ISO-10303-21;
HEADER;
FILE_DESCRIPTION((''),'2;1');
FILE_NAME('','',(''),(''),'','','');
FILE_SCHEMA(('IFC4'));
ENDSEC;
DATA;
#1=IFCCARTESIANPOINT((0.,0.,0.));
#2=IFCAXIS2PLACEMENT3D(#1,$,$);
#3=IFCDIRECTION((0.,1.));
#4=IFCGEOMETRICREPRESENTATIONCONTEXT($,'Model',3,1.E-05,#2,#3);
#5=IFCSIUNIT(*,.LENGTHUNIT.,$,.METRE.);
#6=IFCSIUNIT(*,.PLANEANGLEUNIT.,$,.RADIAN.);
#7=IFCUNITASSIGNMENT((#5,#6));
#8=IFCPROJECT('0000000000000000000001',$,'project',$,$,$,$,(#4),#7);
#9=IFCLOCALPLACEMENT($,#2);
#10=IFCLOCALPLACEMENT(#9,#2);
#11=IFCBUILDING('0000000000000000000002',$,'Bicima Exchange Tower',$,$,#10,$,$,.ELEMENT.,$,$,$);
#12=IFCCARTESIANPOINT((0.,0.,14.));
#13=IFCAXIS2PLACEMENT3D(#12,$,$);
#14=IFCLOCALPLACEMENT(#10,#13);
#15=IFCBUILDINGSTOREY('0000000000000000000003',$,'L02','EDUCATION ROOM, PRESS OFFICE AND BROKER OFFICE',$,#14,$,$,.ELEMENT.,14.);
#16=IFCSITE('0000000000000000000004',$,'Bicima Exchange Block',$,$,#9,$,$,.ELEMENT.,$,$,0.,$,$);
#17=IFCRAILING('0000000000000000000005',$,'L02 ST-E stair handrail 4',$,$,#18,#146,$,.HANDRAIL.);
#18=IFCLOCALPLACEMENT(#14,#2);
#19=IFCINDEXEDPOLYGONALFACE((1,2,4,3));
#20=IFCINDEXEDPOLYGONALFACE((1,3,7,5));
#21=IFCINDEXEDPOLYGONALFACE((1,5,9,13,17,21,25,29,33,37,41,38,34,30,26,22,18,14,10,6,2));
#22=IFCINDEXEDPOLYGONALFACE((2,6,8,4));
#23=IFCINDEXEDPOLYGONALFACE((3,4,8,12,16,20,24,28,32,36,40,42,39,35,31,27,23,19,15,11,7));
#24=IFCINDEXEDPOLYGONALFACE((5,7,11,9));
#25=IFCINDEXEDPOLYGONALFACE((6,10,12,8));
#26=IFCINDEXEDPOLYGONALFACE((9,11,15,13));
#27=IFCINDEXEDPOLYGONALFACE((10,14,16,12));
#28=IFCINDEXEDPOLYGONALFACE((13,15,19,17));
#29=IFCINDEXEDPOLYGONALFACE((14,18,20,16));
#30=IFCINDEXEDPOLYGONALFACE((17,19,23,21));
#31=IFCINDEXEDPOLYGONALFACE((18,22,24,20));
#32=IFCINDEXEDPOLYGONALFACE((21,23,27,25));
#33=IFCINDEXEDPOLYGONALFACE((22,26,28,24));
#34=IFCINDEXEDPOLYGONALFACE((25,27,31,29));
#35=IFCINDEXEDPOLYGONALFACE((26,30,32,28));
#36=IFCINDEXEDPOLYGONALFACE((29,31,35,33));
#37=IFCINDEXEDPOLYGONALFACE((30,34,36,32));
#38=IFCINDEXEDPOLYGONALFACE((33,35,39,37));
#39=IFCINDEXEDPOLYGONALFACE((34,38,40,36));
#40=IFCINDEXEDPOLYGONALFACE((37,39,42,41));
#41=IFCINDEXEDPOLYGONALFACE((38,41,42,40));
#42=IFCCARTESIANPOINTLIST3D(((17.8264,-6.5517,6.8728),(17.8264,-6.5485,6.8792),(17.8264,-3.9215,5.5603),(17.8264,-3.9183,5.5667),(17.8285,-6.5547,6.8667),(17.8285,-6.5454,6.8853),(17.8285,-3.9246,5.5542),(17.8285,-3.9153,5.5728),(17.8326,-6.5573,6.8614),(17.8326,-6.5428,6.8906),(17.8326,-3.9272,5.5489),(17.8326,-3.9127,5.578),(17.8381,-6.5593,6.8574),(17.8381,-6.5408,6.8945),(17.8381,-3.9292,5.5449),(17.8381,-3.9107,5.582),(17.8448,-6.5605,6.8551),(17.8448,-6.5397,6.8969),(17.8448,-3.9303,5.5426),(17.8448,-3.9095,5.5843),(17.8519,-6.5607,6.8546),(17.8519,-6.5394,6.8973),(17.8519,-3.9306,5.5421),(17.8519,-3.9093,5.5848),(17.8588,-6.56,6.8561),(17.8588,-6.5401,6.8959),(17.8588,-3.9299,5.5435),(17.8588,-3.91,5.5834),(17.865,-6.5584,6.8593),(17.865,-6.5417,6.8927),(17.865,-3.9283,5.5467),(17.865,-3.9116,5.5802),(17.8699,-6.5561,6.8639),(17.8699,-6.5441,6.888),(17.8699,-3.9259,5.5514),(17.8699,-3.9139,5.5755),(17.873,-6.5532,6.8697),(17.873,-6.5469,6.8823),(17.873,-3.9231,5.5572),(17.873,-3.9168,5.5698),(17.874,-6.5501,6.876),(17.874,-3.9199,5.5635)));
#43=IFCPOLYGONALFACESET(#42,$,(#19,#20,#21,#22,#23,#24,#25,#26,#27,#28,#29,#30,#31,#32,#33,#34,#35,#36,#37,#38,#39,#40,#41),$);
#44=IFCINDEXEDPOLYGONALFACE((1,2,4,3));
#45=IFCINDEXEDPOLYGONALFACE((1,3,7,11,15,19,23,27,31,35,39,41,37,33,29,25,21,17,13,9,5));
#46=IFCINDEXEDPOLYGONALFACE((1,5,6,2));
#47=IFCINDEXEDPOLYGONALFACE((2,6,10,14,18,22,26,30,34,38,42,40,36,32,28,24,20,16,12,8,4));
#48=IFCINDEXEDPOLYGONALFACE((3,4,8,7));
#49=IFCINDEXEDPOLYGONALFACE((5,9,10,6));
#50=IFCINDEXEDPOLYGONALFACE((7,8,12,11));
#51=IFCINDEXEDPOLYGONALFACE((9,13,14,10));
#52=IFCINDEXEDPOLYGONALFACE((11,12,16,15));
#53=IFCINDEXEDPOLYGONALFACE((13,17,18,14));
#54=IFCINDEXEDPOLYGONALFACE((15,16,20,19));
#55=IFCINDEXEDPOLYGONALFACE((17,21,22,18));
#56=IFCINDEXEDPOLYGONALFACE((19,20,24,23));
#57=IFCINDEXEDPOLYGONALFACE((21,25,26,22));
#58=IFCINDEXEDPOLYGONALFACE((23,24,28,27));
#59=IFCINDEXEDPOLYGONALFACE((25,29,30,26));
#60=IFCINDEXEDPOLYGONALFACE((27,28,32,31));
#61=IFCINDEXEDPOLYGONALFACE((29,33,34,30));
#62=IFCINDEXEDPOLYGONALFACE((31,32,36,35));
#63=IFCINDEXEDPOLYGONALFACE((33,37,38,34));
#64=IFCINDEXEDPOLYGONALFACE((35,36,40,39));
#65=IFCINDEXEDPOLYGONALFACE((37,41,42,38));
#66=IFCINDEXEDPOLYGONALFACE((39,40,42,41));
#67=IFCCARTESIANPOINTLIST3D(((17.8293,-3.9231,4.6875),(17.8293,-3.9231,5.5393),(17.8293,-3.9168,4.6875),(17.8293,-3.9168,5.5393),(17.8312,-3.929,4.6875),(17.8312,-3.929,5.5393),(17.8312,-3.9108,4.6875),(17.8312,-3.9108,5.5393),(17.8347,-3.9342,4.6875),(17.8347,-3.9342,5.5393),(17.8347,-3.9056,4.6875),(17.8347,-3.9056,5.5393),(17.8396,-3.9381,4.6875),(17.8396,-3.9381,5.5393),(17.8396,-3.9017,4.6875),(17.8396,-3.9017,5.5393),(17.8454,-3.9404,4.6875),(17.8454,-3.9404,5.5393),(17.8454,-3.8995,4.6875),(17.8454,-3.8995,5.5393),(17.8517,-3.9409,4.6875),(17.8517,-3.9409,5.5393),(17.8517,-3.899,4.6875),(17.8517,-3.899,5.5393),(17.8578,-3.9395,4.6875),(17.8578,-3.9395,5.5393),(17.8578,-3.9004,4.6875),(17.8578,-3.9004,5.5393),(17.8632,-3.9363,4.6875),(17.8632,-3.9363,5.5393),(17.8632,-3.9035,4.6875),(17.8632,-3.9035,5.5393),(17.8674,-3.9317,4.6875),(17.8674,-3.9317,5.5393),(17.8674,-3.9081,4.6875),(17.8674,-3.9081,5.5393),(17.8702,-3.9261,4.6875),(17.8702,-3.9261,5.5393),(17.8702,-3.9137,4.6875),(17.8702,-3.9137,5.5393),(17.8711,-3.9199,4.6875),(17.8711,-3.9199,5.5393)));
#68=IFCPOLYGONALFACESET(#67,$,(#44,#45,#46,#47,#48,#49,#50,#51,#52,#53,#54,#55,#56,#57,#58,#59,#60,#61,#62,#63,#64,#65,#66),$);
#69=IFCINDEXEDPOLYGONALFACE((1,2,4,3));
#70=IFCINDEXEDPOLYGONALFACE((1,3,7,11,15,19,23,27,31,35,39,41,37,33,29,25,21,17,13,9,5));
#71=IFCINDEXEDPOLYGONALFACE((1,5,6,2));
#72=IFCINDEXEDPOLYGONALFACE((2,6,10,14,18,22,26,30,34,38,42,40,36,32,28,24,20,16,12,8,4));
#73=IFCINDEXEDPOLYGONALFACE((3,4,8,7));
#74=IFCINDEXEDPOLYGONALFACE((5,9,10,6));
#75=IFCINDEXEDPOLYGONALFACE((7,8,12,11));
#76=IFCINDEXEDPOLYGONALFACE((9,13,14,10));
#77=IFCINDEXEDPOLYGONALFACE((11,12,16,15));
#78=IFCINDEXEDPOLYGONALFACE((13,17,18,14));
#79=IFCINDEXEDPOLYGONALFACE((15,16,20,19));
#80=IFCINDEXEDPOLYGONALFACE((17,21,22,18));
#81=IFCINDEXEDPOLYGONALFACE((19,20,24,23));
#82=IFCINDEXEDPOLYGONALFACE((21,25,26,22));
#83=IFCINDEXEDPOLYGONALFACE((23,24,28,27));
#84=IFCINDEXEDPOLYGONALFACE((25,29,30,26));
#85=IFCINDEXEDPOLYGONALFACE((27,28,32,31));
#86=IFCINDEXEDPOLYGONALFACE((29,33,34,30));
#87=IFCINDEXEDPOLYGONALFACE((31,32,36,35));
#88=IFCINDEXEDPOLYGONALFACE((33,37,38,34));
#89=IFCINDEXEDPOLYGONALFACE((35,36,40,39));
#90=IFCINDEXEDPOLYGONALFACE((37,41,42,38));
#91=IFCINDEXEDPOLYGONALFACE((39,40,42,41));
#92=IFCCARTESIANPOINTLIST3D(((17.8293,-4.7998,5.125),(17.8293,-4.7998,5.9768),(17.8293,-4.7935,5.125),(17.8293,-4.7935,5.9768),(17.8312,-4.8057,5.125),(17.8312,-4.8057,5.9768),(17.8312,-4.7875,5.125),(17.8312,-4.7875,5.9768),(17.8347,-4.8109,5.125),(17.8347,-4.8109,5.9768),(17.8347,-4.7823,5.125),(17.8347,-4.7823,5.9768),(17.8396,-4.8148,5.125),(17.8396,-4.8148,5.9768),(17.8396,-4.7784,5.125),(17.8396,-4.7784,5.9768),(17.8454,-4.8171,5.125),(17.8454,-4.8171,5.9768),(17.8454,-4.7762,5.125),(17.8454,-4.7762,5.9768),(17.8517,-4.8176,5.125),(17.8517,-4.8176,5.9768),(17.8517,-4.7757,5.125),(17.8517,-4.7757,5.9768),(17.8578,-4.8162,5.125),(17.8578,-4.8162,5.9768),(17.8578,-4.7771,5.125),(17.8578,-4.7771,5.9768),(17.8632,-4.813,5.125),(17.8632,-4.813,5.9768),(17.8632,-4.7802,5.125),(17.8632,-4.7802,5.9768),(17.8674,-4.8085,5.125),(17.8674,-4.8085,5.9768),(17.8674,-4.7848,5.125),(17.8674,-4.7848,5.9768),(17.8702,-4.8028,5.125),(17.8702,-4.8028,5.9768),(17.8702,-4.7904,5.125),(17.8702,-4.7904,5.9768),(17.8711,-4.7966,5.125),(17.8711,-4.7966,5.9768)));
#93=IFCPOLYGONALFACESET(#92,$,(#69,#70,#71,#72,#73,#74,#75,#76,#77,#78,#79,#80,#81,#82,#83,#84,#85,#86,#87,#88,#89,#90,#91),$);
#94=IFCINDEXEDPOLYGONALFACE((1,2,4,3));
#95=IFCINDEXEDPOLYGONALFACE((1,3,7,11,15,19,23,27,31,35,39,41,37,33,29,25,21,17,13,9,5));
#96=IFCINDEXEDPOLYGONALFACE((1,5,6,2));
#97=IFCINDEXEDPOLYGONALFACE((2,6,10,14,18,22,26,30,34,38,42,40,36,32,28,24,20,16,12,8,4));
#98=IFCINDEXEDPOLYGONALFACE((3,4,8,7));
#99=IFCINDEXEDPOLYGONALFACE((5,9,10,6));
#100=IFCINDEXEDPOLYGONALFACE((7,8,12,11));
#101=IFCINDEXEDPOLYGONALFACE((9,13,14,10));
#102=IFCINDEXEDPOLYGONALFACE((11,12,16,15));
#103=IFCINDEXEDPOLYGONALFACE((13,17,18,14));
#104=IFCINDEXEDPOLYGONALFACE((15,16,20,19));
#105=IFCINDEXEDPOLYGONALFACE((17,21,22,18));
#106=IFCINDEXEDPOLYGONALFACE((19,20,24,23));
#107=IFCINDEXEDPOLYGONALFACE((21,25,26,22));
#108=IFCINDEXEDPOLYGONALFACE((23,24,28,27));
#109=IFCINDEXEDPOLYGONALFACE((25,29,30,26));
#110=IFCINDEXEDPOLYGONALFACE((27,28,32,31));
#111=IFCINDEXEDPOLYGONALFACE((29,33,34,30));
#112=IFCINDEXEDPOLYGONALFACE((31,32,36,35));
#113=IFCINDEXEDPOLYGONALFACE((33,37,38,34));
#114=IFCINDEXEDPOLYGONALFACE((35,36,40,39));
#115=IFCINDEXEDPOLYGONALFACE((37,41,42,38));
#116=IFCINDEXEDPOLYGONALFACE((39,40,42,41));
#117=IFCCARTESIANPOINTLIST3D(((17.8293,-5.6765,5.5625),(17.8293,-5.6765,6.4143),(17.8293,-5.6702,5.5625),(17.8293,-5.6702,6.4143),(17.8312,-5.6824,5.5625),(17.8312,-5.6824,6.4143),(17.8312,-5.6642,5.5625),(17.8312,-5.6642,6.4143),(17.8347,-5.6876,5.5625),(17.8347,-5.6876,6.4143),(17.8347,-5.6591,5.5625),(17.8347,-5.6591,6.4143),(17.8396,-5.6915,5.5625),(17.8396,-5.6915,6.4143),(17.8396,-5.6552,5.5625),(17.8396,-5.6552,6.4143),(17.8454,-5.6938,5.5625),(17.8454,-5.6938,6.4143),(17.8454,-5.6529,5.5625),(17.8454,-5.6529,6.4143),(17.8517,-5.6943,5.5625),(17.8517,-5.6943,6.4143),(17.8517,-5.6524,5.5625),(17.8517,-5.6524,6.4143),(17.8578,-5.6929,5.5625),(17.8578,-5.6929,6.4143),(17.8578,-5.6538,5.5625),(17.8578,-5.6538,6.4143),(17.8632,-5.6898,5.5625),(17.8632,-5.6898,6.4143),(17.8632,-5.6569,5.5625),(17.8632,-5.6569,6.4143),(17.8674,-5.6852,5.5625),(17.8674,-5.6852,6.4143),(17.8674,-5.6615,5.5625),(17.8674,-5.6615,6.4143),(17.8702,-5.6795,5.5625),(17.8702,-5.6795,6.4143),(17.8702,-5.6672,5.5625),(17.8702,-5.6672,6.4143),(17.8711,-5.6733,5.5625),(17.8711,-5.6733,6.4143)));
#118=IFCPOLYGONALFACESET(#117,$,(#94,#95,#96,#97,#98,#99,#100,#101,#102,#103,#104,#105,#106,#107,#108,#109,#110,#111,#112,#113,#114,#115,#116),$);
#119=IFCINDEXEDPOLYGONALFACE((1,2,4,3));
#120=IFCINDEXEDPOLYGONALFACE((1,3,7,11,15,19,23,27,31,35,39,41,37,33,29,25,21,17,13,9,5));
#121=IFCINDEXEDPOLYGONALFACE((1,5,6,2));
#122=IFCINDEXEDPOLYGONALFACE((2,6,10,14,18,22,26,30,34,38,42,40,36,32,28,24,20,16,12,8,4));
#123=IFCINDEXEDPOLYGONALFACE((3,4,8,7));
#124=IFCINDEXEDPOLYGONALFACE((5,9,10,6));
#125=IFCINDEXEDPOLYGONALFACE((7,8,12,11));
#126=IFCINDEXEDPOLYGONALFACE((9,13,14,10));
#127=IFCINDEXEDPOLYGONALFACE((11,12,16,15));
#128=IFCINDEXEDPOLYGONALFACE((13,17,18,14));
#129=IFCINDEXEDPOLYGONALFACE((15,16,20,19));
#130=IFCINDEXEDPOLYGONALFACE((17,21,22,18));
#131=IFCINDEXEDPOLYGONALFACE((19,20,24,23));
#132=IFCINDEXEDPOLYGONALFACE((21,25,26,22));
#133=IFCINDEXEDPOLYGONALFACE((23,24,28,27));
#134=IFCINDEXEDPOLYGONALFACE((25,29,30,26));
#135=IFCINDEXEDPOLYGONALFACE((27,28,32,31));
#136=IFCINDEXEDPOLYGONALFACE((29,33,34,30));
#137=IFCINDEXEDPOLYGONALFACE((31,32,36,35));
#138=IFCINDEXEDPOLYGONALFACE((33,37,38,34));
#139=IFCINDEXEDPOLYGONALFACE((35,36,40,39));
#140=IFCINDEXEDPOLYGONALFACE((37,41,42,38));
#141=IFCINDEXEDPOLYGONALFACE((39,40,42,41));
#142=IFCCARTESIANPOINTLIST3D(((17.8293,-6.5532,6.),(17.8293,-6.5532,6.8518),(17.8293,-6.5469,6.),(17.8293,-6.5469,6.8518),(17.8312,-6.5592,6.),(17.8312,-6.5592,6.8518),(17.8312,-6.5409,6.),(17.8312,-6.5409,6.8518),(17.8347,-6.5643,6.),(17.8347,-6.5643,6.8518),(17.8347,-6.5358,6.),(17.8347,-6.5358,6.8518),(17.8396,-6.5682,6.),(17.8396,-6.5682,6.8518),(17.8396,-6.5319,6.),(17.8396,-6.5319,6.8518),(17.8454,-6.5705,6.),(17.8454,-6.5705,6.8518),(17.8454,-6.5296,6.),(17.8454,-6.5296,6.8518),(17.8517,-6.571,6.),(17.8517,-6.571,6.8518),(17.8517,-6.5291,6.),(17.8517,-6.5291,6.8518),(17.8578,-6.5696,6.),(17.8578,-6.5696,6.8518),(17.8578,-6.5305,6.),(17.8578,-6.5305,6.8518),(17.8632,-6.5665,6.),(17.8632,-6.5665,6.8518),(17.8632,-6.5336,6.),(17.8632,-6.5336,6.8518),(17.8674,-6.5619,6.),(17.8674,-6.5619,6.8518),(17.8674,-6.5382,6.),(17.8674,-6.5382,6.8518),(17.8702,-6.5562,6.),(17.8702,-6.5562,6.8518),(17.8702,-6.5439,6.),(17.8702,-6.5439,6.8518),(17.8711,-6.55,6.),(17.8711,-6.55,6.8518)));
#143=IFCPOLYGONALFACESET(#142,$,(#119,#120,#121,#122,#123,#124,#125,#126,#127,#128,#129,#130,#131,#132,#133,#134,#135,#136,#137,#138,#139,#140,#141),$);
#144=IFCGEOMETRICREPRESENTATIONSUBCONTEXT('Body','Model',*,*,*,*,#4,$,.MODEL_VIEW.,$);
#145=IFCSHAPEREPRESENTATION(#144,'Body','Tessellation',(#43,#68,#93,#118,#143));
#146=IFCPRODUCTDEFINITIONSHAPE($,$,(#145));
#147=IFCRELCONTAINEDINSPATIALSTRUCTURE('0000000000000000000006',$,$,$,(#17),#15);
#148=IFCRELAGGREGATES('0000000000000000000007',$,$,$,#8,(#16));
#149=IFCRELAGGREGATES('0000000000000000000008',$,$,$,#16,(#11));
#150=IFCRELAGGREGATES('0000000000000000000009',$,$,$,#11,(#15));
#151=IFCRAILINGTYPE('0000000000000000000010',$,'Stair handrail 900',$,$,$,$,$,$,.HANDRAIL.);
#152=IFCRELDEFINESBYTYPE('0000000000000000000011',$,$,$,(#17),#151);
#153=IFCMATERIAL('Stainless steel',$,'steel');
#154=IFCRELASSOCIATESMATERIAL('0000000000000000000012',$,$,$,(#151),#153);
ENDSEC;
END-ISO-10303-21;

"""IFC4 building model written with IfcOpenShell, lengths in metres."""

from ifc_helpers import new_model, si_unit, direction, frame, origin, origin_2d, place, context, subcontext, project, spatial, circle, extrude, material, type_object, element, save


model = new_model("IFC4")

# Units and contexts
model_context = context("Model", 3, precision=1e-05, world=origin(), true_north=direction((0.0, 1.0)))
body_context = subcontext(model_context, "Body", "Model", "MODEL_VIEW")
ifc_project = project(units=[si_unit("LENGTHUNIT", "METRE"), si_unit("PLANEANGLEUNIT", "RADIAN")], contexts=[model_context])

# Site, building, storey
site_placement = place(None, origin())
site = spatial("IfcSite", under=ifc_project, at=site_placement, Name="Bicima Exchange Block", CompositionType="ELEMENT", RefElevation=0.0)
building_placement = place(site_placement, origin())
building = spatial("IfcBuilding", under=site, at=building_placement, Name="Bicima Exchange Tower", CompositionType="ELEMENT")
storey_placement = place(building_placement, frame((0.0, 0.0, 14.0)))
storey = spatial("IfcBuildingStorey", under=building, at=storey_placement, Name="L02", Description="EDUCATION ROOM, PRESS OFFICE AND BROKER OFFICE", CompositionType="ELEMENT", Elevation=14.0)

# Railing
ifc_material_1 = material(Name="Stainless steel", Category="steel")
railing_type_1 = type_object("IfcRailingType", Name="Stair handrail 900", PredefinedType="HANDRAIL", material=ifc_material_1)
railing_1_placement = place(storey_placement, frame((17.8501, -3.9199, 4.6875)))
element("IfcRailing", 1, at=railing_1_placement, inside=storey, type_object=railing_type_1, Name="L02 ST-E stair handrail 4", PredefinedType="HANDRAIL", context=body_context, shape_type="SweptSolid", body=[
    extrude(circle(Radius=0.0239, at=origin_2d()), frame((0.0, 0.0, 0.876), z_axis=(0.0, -0.894776, 0.446516), x_axis=(1.0, 0.0, 0.0)), (0.0, 0.0, 1.0), 2.9395),
    extrude(circle(Radius=0.021, at=origin_2d()), origin(), (0.0, 0.0, 1.0), 0.8518),
    extrude(circle(Radius=0.021, at=origin_2d()), frame((0.0, -0.8767, 0.4375)), (0.0, 0.0, 1.0), 0.8518),
    extrude(circle(Radius=0.021, at=origin_2d()), frame((0.0, -1.7534, 0.875)), (0.0, 0.0, 1.0), 0.8518),
    extrude(circle(Radius=0.021, at=origin_2d()), frame((0.0, -2.6301, 1.3125)), (0.0, 0.0, 1.0), 0.8518),
])

save(model, "model.ifc")
